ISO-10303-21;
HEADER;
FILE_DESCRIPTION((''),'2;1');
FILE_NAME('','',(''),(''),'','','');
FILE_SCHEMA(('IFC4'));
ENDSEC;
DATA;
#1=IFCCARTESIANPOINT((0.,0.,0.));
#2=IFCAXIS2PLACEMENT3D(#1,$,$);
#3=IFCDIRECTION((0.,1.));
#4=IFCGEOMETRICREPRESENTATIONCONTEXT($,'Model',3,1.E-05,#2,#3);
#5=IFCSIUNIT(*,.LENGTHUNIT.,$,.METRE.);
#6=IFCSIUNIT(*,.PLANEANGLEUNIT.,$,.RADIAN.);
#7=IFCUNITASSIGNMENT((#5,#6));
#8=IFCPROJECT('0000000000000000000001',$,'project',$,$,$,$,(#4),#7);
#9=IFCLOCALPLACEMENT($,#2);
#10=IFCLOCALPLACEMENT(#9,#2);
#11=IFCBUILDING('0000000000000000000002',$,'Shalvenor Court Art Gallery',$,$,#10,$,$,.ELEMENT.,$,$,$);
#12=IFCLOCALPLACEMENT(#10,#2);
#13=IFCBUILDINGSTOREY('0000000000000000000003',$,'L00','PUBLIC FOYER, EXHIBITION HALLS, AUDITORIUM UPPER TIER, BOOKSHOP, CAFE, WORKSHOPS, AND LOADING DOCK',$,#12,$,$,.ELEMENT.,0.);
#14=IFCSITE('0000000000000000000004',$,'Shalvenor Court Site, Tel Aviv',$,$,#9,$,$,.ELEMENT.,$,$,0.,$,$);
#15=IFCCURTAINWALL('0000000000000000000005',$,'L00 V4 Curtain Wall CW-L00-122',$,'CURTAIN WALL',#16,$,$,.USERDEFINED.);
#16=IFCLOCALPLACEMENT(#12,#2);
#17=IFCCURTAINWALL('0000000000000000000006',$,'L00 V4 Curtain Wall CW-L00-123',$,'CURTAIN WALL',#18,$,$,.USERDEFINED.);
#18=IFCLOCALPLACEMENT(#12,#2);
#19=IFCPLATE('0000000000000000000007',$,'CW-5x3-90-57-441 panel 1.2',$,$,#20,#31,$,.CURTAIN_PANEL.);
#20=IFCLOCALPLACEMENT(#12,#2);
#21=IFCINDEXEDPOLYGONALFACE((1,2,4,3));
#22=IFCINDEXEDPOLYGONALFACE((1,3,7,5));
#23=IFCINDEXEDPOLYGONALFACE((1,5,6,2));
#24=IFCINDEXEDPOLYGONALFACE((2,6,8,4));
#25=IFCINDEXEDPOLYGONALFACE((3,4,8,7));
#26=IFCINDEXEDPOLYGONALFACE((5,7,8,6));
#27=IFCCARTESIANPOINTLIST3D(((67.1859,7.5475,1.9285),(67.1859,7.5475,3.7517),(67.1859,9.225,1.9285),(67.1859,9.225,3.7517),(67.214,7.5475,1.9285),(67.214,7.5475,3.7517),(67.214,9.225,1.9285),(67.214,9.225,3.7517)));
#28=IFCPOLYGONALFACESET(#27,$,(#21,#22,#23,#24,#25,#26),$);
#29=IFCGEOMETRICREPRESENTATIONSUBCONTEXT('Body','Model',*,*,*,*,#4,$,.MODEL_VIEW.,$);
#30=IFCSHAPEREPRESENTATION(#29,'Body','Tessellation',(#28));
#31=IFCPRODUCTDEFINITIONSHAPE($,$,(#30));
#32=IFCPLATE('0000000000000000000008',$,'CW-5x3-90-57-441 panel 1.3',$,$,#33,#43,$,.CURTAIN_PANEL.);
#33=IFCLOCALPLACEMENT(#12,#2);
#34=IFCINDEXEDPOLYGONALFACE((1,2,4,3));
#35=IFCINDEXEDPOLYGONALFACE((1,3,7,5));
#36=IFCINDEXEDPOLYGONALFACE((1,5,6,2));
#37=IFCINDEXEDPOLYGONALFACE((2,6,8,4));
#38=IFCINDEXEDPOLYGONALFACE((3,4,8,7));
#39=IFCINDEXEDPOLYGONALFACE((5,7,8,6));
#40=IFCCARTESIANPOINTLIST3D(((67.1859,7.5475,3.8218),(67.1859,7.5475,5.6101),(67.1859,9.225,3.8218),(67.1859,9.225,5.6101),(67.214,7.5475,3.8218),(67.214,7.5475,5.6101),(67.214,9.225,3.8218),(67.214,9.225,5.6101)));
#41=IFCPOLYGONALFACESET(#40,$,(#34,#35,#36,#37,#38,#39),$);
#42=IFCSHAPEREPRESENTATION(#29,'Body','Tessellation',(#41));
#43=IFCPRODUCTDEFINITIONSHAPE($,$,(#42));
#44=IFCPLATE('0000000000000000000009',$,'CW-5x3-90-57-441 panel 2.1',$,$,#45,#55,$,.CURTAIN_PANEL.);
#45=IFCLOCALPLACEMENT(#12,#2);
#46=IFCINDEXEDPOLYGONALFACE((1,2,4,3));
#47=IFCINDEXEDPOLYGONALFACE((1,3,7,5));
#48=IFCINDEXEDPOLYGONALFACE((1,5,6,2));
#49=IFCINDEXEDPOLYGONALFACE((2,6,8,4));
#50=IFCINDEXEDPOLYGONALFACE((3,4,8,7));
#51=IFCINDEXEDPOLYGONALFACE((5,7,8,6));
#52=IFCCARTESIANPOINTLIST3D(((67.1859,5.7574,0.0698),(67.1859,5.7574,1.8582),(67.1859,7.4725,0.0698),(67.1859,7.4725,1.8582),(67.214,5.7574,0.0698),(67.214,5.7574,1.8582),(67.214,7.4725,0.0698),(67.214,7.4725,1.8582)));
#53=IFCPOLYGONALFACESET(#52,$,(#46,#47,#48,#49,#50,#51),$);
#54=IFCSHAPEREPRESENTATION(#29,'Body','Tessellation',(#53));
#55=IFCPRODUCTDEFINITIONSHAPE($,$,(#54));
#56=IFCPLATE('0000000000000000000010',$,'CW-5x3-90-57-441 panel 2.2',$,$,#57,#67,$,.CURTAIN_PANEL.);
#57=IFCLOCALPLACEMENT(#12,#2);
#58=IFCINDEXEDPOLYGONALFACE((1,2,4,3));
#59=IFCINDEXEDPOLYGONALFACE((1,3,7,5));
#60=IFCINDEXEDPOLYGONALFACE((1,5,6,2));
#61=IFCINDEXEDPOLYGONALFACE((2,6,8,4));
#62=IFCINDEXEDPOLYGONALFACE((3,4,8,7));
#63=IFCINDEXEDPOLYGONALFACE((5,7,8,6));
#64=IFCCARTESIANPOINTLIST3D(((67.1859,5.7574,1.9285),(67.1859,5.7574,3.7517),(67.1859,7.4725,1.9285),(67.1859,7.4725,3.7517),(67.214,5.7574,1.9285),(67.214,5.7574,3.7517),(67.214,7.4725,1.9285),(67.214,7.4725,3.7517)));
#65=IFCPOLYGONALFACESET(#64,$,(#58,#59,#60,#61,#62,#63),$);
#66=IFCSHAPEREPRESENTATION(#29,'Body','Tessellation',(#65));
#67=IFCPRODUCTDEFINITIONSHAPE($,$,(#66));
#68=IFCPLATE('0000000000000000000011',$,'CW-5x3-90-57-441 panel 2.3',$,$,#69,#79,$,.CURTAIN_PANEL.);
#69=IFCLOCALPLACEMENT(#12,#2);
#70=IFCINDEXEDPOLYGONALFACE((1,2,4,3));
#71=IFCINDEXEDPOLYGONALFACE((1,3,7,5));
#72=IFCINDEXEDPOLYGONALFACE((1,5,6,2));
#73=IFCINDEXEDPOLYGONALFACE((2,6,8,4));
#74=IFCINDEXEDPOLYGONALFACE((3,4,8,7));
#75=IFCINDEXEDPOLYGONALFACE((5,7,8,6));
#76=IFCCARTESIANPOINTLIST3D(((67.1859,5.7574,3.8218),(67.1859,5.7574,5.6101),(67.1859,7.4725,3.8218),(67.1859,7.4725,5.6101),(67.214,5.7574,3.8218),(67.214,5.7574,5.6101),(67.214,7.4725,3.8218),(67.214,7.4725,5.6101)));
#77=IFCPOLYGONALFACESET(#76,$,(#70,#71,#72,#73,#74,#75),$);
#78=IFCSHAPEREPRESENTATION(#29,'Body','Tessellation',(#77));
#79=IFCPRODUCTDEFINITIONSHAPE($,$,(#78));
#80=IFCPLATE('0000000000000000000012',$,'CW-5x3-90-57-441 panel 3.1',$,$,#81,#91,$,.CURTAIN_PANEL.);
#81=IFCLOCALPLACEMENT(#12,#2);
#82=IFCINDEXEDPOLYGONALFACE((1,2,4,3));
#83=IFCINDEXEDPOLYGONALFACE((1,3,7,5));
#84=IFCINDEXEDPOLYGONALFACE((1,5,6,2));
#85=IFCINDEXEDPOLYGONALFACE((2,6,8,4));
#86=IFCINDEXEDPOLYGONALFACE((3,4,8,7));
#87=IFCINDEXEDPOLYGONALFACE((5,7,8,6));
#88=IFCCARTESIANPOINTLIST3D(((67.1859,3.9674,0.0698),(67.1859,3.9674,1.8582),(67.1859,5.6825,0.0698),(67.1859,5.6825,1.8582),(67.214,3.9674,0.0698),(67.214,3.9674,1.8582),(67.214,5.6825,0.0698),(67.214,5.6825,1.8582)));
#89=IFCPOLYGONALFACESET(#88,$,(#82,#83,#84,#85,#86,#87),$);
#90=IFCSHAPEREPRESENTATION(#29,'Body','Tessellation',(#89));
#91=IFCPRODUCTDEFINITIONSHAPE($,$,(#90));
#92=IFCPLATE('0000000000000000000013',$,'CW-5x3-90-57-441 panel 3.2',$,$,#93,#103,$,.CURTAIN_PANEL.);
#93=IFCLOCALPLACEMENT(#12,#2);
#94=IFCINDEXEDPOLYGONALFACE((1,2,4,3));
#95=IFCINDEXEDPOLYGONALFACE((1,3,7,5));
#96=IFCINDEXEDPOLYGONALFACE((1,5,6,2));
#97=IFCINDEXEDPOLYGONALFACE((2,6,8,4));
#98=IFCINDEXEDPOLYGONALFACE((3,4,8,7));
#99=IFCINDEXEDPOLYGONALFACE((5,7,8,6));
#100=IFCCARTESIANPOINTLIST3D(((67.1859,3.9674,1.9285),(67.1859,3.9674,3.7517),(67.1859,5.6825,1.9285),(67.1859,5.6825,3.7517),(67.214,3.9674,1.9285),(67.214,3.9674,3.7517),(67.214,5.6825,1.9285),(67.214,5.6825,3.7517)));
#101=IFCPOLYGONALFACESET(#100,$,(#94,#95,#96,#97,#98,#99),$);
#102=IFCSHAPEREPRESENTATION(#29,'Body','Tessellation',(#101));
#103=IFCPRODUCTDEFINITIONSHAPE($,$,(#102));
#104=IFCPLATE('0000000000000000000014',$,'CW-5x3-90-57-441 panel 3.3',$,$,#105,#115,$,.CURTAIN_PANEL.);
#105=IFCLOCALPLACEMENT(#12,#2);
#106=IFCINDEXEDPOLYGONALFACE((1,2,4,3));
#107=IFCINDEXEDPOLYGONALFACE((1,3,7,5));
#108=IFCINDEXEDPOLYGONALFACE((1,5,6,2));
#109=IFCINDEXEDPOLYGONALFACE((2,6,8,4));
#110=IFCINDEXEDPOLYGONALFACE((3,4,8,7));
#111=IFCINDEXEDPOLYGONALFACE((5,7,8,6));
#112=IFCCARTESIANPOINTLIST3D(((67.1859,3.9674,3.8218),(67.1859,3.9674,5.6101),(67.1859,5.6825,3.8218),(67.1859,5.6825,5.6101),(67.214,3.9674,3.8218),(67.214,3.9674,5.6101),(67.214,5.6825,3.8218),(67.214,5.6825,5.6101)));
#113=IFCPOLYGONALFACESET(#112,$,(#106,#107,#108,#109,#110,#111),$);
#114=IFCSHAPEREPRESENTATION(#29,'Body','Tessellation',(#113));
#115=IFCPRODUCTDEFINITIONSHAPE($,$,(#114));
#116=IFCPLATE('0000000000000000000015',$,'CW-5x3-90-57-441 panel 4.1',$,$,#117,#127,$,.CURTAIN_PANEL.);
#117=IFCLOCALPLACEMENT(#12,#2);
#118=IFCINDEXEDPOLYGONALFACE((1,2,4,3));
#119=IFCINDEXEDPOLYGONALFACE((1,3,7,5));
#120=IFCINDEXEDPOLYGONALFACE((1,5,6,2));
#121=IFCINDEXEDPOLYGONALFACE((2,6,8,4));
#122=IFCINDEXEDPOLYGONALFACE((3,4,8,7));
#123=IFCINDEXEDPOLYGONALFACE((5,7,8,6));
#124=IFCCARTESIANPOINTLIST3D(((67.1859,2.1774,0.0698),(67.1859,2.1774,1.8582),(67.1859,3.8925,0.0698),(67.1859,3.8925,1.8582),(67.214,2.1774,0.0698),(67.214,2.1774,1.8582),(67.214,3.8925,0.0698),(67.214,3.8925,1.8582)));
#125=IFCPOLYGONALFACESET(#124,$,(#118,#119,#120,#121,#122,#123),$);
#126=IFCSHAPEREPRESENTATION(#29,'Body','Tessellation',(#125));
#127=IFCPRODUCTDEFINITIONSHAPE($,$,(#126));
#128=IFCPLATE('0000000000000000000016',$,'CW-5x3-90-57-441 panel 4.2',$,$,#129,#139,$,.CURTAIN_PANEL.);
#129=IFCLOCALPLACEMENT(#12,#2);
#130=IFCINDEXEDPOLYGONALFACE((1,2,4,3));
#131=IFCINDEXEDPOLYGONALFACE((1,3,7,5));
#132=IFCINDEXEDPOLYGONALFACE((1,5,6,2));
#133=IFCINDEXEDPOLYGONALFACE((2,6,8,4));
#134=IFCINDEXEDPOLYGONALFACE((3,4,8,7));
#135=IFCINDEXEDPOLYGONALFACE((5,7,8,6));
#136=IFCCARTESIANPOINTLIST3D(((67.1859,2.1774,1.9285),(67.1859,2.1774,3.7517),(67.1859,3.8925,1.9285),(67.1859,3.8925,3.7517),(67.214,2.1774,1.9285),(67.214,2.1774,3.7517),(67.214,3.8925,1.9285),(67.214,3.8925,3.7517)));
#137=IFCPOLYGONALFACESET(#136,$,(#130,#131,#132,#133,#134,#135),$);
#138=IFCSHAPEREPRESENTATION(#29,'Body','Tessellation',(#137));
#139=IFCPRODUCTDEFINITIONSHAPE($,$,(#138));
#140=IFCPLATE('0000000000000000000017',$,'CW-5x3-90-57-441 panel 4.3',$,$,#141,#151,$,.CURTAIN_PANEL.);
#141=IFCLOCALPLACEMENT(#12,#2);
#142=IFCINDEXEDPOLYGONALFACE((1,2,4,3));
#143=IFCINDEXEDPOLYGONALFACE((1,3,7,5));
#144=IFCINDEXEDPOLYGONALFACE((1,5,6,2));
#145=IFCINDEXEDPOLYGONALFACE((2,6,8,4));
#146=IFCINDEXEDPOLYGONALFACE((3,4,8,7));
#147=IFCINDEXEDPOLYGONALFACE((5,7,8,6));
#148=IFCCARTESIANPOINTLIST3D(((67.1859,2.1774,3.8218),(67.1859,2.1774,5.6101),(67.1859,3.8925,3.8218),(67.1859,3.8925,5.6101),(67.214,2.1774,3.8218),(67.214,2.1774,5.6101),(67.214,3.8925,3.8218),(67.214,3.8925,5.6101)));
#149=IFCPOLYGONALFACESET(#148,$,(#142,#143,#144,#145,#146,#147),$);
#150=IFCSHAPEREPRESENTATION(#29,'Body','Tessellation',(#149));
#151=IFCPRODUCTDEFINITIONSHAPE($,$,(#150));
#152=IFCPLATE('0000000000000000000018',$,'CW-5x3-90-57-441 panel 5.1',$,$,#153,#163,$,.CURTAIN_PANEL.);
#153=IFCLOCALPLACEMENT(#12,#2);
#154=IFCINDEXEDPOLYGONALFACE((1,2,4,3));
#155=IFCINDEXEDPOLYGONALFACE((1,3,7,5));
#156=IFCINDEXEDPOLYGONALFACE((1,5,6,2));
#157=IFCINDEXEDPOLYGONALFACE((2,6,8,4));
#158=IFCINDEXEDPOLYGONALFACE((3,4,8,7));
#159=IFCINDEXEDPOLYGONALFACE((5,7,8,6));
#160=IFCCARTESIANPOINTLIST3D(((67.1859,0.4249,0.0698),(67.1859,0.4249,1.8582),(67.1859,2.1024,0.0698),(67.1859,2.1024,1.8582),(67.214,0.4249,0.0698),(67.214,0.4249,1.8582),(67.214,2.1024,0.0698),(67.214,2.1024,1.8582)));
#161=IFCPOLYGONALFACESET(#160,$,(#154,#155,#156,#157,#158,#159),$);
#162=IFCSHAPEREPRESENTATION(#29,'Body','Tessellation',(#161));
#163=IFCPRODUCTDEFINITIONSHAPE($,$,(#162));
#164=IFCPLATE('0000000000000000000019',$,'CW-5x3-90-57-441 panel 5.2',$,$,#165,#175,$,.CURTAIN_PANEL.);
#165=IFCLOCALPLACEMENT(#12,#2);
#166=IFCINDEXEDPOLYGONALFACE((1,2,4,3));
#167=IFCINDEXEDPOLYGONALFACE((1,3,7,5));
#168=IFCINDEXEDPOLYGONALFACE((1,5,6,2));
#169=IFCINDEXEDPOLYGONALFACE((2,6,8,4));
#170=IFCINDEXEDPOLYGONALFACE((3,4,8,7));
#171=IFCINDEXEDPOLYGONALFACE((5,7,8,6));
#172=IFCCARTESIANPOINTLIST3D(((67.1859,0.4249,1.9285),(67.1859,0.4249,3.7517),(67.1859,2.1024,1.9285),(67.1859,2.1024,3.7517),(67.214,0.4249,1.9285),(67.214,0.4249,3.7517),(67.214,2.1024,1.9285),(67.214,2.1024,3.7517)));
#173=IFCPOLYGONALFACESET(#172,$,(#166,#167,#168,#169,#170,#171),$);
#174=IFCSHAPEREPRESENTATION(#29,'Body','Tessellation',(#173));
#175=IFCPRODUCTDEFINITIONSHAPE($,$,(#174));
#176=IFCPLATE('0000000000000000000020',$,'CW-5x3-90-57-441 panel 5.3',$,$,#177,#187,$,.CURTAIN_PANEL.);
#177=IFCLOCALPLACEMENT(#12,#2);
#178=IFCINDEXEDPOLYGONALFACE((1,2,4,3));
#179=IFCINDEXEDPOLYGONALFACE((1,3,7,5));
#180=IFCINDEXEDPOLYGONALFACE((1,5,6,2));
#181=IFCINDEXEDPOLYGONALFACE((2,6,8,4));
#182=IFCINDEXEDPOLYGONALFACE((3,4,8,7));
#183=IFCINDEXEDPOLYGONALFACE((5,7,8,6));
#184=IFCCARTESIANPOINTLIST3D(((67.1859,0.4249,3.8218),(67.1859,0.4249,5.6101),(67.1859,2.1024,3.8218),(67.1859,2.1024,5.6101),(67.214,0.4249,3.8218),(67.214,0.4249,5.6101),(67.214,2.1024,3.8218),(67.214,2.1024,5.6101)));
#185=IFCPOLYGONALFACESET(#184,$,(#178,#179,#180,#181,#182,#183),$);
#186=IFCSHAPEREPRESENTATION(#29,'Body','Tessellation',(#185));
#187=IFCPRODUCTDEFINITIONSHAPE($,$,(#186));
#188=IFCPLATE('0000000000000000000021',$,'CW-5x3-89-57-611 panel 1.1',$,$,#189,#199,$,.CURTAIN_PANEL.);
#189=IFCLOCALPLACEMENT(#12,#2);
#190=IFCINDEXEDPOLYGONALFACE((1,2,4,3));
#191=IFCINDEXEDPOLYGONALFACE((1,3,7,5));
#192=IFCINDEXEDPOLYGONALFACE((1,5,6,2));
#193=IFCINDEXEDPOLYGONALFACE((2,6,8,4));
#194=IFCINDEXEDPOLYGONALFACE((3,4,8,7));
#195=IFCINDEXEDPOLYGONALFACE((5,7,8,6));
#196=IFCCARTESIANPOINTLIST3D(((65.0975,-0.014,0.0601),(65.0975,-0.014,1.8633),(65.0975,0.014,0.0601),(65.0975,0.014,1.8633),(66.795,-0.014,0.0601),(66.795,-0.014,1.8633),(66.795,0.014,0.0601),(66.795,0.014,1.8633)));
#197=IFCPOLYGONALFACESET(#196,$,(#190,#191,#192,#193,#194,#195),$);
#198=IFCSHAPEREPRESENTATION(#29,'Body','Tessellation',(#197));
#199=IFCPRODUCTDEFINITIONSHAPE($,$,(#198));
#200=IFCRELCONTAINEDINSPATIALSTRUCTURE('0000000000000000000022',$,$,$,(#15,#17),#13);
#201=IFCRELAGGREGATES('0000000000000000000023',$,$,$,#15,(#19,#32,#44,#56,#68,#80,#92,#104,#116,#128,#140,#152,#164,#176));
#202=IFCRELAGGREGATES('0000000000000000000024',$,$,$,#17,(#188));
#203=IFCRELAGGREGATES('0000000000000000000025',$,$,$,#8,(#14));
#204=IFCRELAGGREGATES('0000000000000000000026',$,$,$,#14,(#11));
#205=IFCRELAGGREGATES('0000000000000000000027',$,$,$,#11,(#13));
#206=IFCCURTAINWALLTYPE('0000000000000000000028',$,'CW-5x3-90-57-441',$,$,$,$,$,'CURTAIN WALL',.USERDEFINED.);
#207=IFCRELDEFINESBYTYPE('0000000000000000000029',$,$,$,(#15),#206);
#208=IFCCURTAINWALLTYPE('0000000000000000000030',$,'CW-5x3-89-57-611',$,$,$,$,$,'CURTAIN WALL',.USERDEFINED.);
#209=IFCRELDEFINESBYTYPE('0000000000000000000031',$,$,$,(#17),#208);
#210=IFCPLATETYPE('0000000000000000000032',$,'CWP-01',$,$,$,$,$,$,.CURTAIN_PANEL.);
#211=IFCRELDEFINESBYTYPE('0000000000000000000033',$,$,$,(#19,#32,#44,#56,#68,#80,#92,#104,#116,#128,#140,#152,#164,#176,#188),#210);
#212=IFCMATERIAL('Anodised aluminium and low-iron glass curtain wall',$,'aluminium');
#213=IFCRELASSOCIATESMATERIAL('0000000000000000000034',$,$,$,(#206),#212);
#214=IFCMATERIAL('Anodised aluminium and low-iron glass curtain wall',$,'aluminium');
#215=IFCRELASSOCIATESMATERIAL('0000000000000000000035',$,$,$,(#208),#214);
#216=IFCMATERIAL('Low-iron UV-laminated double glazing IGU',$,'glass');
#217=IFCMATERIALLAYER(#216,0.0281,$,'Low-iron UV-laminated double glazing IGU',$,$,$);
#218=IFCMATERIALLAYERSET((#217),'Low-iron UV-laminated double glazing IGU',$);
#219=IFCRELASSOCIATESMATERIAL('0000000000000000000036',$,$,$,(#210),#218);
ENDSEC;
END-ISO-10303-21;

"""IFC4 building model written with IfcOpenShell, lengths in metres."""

from ifc_helpers import new_model, si_unit, direction, frame, origin, origin_2d, place, context, subcontext, project, spatial, rectangle, extrude, material, layer, layer_set, type_object, element, aggregate, save


model = new_model("IFC4")

# Units and contexts
model_context = context("Model", 3, precision=1e-05, world=origin(), true_north=direction((0.0, 1.0)))
body_context = subcontext(model_context, "Body", "Model", "MODEL_VIEW")
ifc_project = project(units=[si_unit("LENGTHUNIT", "METRE"), si_unit("PLANEANGLEUNIT", "RADIAN")], contexts=[model_context])

# Site, building, storey
site_placement = place(None, origin())
site = spatial("IfcSite", under=ifc_project, at=site_placement, Name="Shalvenor Court Site, Tel Aviv", CompositionType="ELEMENT", RefElevation=0.0)
building_placement = place(site_placement, origin())
building = spatial("IfcBuilding", under=site, at=building_placement, Name="Shalvenor Court Art Gallery", CompositionType="ELEMENT")
storey_placement = place(building_placement, origin())
storey = spatial("IfcBuildingStorey", under=building, at=storey_placement, Name="L00", Description="PUBLIC FOYER, EXHIBITION HALLS, AUDITORIUM UPPER TIER, BOOKSHOP, CAFE, WORKSHOPS, AND LOADING DOCK", CompositionType="ELEMENT", Elevation=0.0)

# Curtain walls
ifc_material_1 = material(Name="Anodised aluminium and low-iron glass curtain wall", Category="aluminium")
curtain_wall_type_1 = type_object("IfcCurtainWallType", Name="CW-5x3-90-57-441", ElementType="CURTAIN WALL", PredefinedType="USERDEFINED", material=ifc_material_1)
curtain_wall_1_placement = place(storey_placement, origin())
curtain_wall_1 = element("IfcCurtainWall", 1, at=curtain_wall_1_placement, inside=storey, type_object=curtain_wall_type_1, Name="L00 V4 Curtain Wall CW-L00-122", ObjectType="CURTAIN WALL", PredefinedType="USERDEFINED")
ifc_material_2 = material(Name="Anodised aluminium and low-iron glass curtain wall", Category="aluminium")
curtain_wall_type_2 = type_object("IfcCurtainWallType", Name="CW-5x3-89-57-611", ElementType="CURTAIN WALL", PredefinedType="USERDEFINED", material=ifc_material_2)
curtain_wall_2_placement = place(storey_placement, origin())
curtain_wall_2 = element("IfcCurtainWall", 2, at=curtain_wall_2_placement, inside=storey, type_object=curtain_wall_type_2, Name="L00 V4 Curtain Wall CW-L00-123", ObjectType="CURTAIN WALL", PredefinedType="USERDEFINED")

# Plates
ifc_material_3 = material(Name="Low-iron UV-laminated double glazing IGU", Category="glass")
ifc_layer_1 = layer(ifc_material_3, 0.0281, Name="Low-iron UV-laminated double glazing IGU")
ifc_layer_set_1 = layer_set([ifc_layer_1], Name="Low-iron UV-laminated double glazing IGU")
plate_type = type_object("IfcPlateType", Name="CWP-01", PredefinedType="CURTAIN_PANEL", material=ifc_layer_set_1)
plate_1_placement = place(storey_placement, frame((67.2, 8.3862, 1.9285), z_axis=(0.0, 0.0, 1.0), x_axis=(0.0, -1.0, 0.0)))
plate_1 = element("IfcPlate", 3, at=plate_1_placement, type_object=plate_type, Name="CW-5x3-90-57-441 panel 1.2", PredefinedType="CURTAIN_PANEL", context=body_context, shape_type="SweptSolid", body=[
    extrude(rectangle(XDim=1.6775, YDim=0.0281, at=origin_2d()), origin(), (0.0, 0.0, 1.0), 1.8232),
])
plate_2_placement = place(storey_placement, frame((67.2, 8.3862, 3.8218), z_axis=(0.0, 0.0, 1.0), x_axis=(0.0, -1.0, 0.0)))
plate_2 = element("IfcPlate", 4, at=plate_2_placement, type_object=plate_type, Name="CW-5x3-90-57-441 panel 1.3", PredefinedType="CURTAIN_PANEL", context=body_context, shape_type="SweptSolid", body=[
    extrude(rectangle(XDim=1.6775, YDim=0.0281, at=origin_2d()), origin(), (0.0, 0.0, 1.0), 1.7883),
])
plate_3_placement = place(storey_placement, frame((67.2, 6.615, 0.0698), z_axis=(0.0, 0.0, 1.0), x_axis=(0.0, -1.0, 0.0)))
plate_3 = element("IfcPlate", 5, at=plate_3_placement, type_object=plate_type, Name="CW-5x3-90-57-441 panel 2.1", PredefinedType="CURTAIN_PANEL", context=body_context, shape_type="SweptSolid", body=[
    extrude(rectangle(XDim=1.7151, YDim=0.0281, at=origin_2d()), origin(), (0.0, 0.0, 1.0), 1.7883),
])
plate_4_placement = place(storey_placement, frame((67.2, 6.615, 1.9285), z_axis=(0.0, 0.0, 1.0), x_axis=(0.0, -1.0, 0.0)))
plate_4 = element("IfcPlate", 6, at=plate_4_placement, type_object=plate_type, Name="CW-5x3-90-57-441 panel 2.2", PredefinedType="CURTAIN_PANEL", context=body_context, shape_type="SweptSolid", body=[
    extrude(rectangle(XDim=1.7151, YDim=0.0281, at=origin_2d()), origin(), (0.0, 0.0, 1.0), 1.8232),
])
plate_5_placement = place(storey_placement, frame((67.2, 6.615, 3.8218), z_axis=(0.0, 0.0, 1.0), x_axis=(0.0, -1.0, 0.0)))
plate_5 = element("IfcPlate", 7, at=plate_5_placement, type_object=plate_type, Name="CW-5x3-90-57-441 panel 2.3", PredefinedType="CURTAIN_PANEL", context=body_context, shape_type="SweptSolid", body=[
    extrude(rectangle(XDim=1.7151, YDim=0.0281, at=origin_2d()), origin(), (0.0, 0.0, 1.0), 1.7883),
])
plate_6_placement = place(storey_placement, frame((67.2, 4.825, 0.0698), z_axis=(0.0, 0.0, 1.0), x_axis=(0.0, -1.0, 0.0)))
plate_6 = element("IfcPlate", 8, at=plate_6_placement, type_object=plate_type, Name="CW-5x3-90-57-441 panel 3.1", PredefinedType="CURTAIN_PANEL", context=body_context, shape_type="SweptSolid", body=[
    extrude(rectangle(XDim=1.7151, YDim=0.0281, at=origin_2d()), origin(), (0.0, 0.0, 1.0), 1.7883),
])
plate_7_placement = place(storey_placement, frame((67.2, 4.825, 1.9285), z_axis=(0.0, 0.0, 1.0), x_axis=(0.0, -1.0, 0.0)))
plate_7 = element("IfcPlate", 9, at=plate_7_placement, type_object=plate_type, Name="CW-5x3-90-57-441 panel 3.2", PredefinedType="CURTAIN_PANEL", context=body_context, shape_type="SweptSolid", body=[
    extrude(rectangle(XDim=1.7151, YDim=0.0281, at=origin_2d()), origin(), (0.0, 0.0, 1.0), 1.8232),
])
plate_8_placement = place(storey_placement, frame((67.2, 4.825, 3.8218), z_axis=(0.0, 0.0, 1.0), x_axis=(0.0, -1.0, 0.0)))
plate_8 = element("IfcPlate", 10, at=plate_8_placement, type_object=plate_type, Name="CW-5x3-90-57-441 panel 3.3", PredefinedType="CURTAIN_PANEL", context=body_context, shape_type="SweptSolid", body=[
    extrude(rectangle(XDim=1.7151, YDim=0.0281, at=origin_2d()), origin(), (0.0, 0.0, 1.0), 1.7883),
])
plate_9_placement = place(storey_placement, frame((67.2, 3.0349, 0.0698), z_axis=(0.0, 0.0, 1.0), x_axis=(0.0, -1.0, 0.0)))
plate_9 = element("IfcPlate", 11, at=plate_9_placement, type_object=plate_type, Name="CW-5x3-90-57-441 panel 4.1", PredefinedType="CURTAIN_PANEL", context=body_context, shape_type="SweptSolid", body=[
    extrude(rectangle(XDim=1.7151, YDim=0.0281, at=origin_2d()), origin(), (0.0, 0.0, 1.0), 1.7883),
])
plate_10_placement = place(storey_placement, frame((67.2, 3.0349, 1.9285), z_axis=(0.0, 0.0, 1.0), x_axis=(0.0, -1.0, 0.0)))
plate_10 = element("IfcPlate", 12, at=plate_10_placement, type_object=plate_type, Name="CW-5x3-90-57-441 panel 4.2", PredefinedType="CURTAIN_PANEL", context=body_context, shape_type="SweptSolid", body=[
    extrude(rectangle(XDim=1.7151, YDim=0.0281, at=origin_2d()), origin(), (0.0, 0.0, 1.0), 1.8232),
])
plate_11_placement = place(storey_placement, frame((67.2, 3.0349, 3.8218), z_axis=(0.0, 0.0, 1.0), x_axis=(0.0, -1.0, 0.0)))
plate_11 = element("IfcPlate", 13, at=plate_11_placement, type_object=plate_type, Name="CW-5x3-90-57-441 panel 4.3", PredefinedType="CURTAIN_PANEL", context=body_context, shape_type="SweptSolid", body=[
    extrude(rectangle(XDim=1.7151, YDim=0.0281, at=origin_2d()), origin(), (0.0, 0.0, 1.0), 1.7883),
])
plate_12_placement = place(storey_placement, frame((67.2, 1.2637, 0.0698), z_axis=(0.0, 0.0, 1.0), x_axis=(0.0, -1.0, 0.0)))
plate_12 = element("IfcPlate", 14, at=plate_12_placement, type_object=plate_type, Name="CW-5x3-90-57-441 panel 5.1", PredefinedType="CURTAIN_PANEL", context=body_context, shape_type="SweptSolid", body=[
    extrude(rectangle(XDim=1.6775, YDim=0.0281, at=origin_2d()), origin(), (0.0, 0.0, 1.0), 1.7883),
])
plate_13_placement = place(storey_placement, frame((67.2, 1.2637, 1.9285), z_axis=(0.0, 0.0, 1.0), x_axis=(0.0, -1.0, 0.0)))
plate_13 = element("IfcPlate", 15, at=plate_13_placement, type_object=plate_type, Name="CW-5x3-90-57-441 panel 5.2", PredefinedType="CURTAIN_PANEL", context=body_context, shape_type="SweptSolid", body=[
    extrude(rectangle(XDim=1.6775, YDim=0.0281, at=origin_2d()), origin(), (0.0, 0.0, 1.0), 1.8232),
])
plate_14_placement = place(storey_placement, frame((67.2, 1.2637, 3.8218), z_axis=(0.0, 0.0, 1.0), x_axis=(0.0, -1.0, 0.0)))
plate_14 = element("IfcPlate", 16, at=plate_14_placement, type_object=plate_type, Name="CW-5x3-90-57-441 panel 5.3", PredefinedType="CURTAIN_PANEL", context=body_context, shape_type="SweptSolid", body=[
    extrude(rectangle(XDim=1.6775, YDim=0.0281, at=origin_2d()), origin(), (0.0, 0.0, 1.0), 1.7883),
])
aggregate(curtain_wall_1, [plate_1, plate_2, plate_3, plate_4, plate_5, plate_6, plate_7, plate_8, plate_9, plate_10, plate_11, plate_12, plate_13, plate_14])
plate_15_placement = place(storey_placement, frame((65.9463, 0.0, 0.0601), z_axis=(0.0, 0.0, 1.0), x_axis=(-1.0, 0.0, 0.0)))
plate_15 = element("IfcPlate", 17, at=plate_15_placement, type_object=plate_type, Name="CW-5x3-89-57-611 panel 1.1", PredefinedType="CURTAIN_PANEL", context=body_context, shape_type="SweptSolid", body=[
    extrude(rectangle(XDim=1.6975, YDim=0.0281, at=origin_2d()), origin(), (0.0, 0.0, 1.0), 1.8032),
])
aggregate(curtain_wall_2, [plate_15])

save(model, "model.ifc")
